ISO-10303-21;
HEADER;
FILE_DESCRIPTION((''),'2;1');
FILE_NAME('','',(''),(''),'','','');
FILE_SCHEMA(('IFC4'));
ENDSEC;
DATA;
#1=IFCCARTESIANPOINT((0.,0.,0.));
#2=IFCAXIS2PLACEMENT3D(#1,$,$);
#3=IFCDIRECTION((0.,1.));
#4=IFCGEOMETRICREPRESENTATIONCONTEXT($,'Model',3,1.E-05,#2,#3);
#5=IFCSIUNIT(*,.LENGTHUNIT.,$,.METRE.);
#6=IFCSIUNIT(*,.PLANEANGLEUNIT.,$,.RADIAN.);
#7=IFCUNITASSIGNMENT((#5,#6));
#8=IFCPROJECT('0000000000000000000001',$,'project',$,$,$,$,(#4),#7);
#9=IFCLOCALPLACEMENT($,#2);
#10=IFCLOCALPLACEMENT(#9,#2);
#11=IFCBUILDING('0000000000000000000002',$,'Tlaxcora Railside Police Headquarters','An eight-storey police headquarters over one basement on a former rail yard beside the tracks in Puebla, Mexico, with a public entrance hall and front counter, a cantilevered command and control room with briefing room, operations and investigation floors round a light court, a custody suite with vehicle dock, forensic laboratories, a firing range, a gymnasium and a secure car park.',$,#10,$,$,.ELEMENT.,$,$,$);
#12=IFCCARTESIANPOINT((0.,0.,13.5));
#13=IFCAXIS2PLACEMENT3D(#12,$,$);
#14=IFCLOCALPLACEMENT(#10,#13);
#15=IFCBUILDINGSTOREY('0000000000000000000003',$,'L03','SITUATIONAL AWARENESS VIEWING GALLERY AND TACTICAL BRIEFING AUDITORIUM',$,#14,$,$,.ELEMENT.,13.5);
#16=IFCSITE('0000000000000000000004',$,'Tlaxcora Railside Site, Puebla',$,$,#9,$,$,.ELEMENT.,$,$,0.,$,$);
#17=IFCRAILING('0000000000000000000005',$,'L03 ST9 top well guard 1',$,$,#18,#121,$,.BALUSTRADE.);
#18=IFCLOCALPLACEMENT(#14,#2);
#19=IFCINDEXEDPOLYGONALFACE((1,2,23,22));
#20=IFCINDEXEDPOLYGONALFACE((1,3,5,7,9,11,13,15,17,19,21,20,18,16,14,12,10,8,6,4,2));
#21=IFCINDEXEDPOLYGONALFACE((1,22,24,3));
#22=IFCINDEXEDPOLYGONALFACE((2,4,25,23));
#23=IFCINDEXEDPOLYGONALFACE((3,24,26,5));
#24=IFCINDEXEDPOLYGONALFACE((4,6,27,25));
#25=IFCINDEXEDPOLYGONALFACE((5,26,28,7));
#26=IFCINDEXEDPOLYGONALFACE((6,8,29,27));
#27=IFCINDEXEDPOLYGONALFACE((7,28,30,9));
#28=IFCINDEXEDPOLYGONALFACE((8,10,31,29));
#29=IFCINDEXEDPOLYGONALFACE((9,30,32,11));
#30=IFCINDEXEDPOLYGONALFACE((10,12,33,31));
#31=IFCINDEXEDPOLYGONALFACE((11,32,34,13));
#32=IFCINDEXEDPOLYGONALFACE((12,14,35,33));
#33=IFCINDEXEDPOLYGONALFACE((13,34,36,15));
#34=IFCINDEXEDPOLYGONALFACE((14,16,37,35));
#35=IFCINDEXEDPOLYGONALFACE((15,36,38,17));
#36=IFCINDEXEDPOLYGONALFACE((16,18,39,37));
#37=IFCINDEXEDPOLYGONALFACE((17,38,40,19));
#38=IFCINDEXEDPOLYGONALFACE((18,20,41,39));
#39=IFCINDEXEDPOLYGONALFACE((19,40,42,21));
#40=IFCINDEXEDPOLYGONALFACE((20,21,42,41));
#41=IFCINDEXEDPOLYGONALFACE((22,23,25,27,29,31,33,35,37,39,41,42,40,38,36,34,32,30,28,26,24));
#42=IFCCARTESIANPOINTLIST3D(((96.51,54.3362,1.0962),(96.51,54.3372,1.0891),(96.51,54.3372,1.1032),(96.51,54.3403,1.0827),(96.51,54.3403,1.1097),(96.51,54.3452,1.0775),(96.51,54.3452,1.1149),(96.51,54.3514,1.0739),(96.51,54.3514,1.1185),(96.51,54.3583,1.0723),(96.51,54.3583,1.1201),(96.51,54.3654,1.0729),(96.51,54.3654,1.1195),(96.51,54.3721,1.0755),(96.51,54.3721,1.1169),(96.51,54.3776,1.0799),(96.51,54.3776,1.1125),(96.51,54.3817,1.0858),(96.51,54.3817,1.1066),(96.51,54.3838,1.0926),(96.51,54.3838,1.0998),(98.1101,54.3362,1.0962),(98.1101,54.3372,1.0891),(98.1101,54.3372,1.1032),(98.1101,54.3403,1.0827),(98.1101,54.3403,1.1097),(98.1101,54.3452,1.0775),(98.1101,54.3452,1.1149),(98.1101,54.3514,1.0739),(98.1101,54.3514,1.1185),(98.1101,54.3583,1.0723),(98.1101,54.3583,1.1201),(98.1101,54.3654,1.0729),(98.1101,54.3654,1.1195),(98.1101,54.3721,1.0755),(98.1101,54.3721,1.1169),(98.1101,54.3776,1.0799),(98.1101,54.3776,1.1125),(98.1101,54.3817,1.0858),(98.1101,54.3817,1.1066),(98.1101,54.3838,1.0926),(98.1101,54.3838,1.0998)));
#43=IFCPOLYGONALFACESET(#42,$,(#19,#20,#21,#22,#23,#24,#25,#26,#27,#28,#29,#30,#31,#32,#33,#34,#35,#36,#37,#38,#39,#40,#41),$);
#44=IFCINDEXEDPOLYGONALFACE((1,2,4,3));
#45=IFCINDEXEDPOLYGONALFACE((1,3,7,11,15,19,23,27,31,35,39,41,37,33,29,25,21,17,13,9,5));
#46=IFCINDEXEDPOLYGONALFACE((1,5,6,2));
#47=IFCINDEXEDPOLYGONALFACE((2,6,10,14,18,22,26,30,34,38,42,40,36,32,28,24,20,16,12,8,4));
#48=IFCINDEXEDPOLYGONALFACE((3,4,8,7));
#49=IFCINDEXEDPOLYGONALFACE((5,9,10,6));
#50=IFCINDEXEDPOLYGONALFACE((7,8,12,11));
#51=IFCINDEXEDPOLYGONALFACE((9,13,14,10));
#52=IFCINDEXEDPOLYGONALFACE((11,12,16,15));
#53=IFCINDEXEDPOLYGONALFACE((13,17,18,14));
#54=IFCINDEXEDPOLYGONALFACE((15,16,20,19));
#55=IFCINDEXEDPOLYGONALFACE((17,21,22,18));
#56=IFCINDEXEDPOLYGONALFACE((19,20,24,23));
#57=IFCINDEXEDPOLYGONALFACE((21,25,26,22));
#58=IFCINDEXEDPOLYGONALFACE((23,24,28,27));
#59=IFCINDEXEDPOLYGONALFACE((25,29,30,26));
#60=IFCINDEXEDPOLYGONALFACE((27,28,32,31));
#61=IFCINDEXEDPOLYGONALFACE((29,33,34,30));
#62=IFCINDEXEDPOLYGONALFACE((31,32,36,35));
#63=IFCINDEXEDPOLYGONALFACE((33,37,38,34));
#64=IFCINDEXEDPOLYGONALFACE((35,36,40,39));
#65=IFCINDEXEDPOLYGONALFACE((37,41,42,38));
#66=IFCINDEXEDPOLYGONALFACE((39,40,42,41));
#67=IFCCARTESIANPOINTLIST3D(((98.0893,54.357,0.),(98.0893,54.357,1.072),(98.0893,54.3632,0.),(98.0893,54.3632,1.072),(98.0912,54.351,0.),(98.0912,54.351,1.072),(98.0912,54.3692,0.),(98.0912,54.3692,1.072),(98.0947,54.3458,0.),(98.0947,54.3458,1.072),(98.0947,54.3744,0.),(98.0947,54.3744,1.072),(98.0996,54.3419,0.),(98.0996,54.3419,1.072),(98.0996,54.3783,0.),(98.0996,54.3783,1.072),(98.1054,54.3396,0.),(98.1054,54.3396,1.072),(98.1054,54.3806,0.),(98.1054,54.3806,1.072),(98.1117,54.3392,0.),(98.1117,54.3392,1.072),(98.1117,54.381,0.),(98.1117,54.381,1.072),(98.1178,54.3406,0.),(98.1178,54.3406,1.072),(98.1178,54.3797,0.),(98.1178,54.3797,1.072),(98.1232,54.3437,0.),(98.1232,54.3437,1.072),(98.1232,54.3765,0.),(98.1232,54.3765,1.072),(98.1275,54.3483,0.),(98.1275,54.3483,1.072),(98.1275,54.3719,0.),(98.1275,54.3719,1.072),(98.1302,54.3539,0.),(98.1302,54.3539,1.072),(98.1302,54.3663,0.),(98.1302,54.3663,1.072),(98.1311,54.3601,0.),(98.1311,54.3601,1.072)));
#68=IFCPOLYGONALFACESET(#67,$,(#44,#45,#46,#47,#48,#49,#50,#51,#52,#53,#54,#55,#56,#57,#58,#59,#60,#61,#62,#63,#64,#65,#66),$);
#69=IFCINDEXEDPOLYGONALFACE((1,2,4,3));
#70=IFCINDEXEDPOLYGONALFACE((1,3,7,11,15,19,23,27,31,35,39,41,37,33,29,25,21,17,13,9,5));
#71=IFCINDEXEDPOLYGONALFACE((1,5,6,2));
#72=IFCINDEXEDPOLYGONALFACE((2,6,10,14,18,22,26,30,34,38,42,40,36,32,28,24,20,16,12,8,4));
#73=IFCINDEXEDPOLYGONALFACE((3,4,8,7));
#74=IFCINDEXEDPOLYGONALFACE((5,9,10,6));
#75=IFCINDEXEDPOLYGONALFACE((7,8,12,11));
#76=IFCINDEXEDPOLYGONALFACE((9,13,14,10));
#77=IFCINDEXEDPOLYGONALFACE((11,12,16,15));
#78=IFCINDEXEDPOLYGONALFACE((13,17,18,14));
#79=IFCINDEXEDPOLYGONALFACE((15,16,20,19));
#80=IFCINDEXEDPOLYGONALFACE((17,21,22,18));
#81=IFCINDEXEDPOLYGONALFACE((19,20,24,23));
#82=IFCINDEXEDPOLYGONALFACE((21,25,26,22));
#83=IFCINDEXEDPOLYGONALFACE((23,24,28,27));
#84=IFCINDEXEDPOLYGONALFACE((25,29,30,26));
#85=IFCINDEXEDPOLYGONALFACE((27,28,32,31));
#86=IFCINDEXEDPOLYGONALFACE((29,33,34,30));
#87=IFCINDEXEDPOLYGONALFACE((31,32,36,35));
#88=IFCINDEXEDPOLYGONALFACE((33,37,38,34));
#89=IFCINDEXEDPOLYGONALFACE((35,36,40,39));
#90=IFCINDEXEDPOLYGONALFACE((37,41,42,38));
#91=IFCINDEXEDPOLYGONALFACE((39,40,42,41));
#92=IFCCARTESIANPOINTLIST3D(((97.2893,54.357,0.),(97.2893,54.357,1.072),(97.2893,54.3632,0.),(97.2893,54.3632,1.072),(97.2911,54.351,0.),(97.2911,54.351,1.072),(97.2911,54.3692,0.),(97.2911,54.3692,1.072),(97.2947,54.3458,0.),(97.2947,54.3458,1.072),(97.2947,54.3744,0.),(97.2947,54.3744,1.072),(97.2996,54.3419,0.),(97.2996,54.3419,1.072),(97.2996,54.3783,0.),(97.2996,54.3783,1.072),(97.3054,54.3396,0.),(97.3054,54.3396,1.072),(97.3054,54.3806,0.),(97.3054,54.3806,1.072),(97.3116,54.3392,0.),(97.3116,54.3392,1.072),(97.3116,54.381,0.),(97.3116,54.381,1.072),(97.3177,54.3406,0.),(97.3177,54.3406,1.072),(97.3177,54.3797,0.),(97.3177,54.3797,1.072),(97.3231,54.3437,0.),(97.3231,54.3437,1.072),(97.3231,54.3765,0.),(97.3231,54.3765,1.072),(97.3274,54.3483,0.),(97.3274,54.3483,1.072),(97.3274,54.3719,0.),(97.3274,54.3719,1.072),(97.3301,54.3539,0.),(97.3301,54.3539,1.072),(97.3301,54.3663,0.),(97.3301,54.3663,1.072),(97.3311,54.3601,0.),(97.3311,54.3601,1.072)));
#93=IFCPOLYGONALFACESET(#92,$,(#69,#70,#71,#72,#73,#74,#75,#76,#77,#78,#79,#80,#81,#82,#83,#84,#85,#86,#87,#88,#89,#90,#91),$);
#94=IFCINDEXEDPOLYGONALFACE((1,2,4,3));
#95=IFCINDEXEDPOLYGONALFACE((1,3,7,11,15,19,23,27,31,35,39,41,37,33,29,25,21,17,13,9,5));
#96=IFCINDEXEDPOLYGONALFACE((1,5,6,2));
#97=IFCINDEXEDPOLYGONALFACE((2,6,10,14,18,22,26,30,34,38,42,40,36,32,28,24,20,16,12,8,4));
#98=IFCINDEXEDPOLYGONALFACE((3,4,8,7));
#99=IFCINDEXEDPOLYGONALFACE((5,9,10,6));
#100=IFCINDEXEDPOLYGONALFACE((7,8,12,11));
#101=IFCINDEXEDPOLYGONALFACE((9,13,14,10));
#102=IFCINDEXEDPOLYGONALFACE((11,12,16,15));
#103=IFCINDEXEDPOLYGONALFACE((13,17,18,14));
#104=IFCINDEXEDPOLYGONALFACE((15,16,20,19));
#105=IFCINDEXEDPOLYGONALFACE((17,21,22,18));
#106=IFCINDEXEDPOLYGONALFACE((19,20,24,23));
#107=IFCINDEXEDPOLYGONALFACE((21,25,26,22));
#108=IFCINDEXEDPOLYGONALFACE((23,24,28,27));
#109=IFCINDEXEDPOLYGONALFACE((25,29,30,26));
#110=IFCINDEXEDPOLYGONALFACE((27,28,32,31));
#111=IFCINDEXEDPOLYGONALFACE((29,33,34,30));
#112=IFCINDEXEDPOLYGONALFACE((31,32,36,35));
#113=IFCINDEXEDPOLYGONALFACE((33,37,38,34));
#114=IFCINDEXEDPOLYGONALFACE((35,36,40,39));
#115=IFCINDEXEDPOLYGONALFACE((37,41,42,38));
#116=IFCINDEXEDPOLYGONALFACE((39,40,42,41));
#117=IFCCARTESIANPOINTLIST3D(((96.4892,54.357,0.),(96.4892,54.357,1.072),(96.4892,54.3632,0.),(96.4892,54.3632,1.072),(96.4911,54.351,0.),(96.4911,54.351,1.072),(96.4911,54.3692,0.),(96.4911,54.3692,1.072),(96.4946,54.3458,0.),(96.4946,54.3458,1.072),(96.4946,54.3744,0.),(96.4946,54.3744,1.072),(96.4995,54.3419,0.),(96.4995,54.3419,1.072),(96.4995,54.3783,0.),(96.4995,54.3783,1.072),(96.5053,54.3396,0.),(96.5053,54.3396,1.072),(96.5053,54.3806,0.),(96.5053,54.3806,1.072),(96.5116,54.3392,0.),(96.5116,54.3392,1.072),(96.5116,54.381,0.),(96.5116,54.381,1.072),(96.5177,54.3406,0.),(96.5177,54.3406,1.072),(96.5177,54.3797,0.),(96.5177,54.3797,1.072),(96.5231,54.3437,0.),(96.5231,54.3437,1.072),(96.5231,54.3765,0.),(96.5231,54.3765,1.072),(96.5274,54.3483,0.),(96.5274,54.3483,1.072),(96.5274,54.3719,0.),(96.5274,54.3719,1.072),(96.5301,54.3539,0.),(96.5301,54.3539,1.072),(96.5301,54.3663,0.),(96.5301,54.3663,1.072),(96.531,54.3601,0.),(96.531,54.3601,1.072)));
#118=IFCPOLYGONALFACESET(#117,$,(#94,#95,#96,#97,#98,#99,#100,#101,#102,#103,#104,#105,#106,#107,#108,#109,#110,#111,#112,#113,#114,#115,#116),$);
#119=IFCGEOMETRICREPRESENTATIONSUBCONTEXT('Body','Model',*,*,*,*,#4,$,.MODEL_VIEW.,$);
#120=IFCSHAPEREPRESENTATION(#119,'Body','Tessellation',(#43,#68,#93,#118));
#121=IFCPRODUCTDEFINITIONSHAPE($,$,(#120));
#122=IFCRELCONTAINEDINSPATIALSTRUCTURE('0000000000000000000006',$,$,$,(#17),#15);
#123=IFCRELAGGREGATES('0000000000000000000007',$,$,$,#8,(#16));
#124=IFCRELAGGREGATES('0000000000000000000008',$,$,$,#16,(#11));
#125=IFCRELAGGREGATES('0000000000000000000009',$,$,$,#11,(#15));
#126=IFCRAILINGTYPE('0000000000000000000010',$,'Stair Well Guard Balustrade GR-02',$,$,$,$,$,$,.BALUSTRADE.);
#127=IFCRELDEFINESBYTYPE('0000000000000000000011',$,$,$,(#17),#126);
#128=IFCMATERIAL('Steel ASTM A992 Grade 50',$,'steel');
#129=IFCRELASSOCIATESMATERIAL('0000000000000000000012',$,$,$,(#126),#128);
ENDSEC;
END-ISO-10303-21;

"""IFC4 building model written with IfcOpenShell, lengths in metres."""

from ifc_helpers import new_model, si_unit, direction, frame, origin, origin_2d, place, context, subcontext, project, spatial, circle, extrude, material, type_object, element, save


model = new_model("IFC4")

# Units and contexts
model_context = context("Model", 3, precision=1e-05, world=origin(), true_north=direction((0.0, 1.0)))
body_context = subcontext(model_context, "Body", "Model", "MODEL_VIEW")
ifc_project = project(units=[si_unit("LENGTHUNIT", "METRE"), si_unit("PLANEANGLEUNIT", "RADIAN")], contexts=[model_context])

# Site, building, storey
site_placement = place(None, origin())
site = spatial("IfcSite", under=ifc_project, at=site_placement, Name="Tlaxcora Railside Site, Puebla", CompositionType="ELEMENT", RefElevation=0.0)
building_placement = place(site_placement, origin())
building = spatial("IfcBuilding", under=site, at=building_placement, Name="Tlaxcora Railside Police Headquarters", Description="An eight-storey police headquarters over one basement on a former rail yard beside the tracks in Puebla, Mexico, with a public entrance hall and front counter, a cantilevered command and control room with briefing room, operations and investigation floors round a light court, a custody suite with vehicle dock, forensic laboratories, a firing range, a gymnasium and a secure car park.", CompositionType="ELEMENT")
storey_placement = place(building_placement, frame((0.0, 0.0, 13.5)))
storey = spatial("IfcBuildingStorey", under=building, at=storey_placement, Name="L03", Description="SITUATIONAL AWARENESS VIEWING GALLERY AND TACTICAL BRIEFING AUDITORIUM", CompositionType="ELEMENT", Elevation=13.5)

# Shared definitions
ifc_material_1 = material(Name="Steel ASTM A992 Grade 50", Category="steel")

# Railing
railing_type = type_object("IfcRailingType", Name="Stair Well Guard Balustrade GR-02", PredefinedType="BALUSTRADE", material=ifc_material_1)
railing_placement = place(storey_placement, frame((98.1101, 54.3601, 0.0)))
element("IfcRailing", 1, at=railing_placement, inside=storey, type_object=railing_type, Name="L03 ST9 top well guard 1", PredefinedType="BALUSTRADE", context=body_context, shape_type="SweptSolid", body=[
    extrude(circle(Radius=0.0239, at=origin_2d()), frame((0.0, 0.0, 1.0962), z_axis=(-1.0, 0.0, 0.0), x_axis=(0.0, -1.0, 0.0)), (0.0, 0.0, 1.0), 1.6001),
    extrude(circle(Radius=0.021, at=origin_2d()), origin(), (0.0, 0.0, 1.0), 1.072),
    extrude(circle(Radius=0.021, at=origin_2d()), frame((-0.8, 0.0, 0.0)), (0.0, 0.0, 1.0), 1.072),
    extrude(circle(Radius=0.021, at=origin_2d()), frame((-1.6001, 0.0, 0.0)), (0.0, 0.0, 1.0), 1.072),
])

save(model, "model.ifc")
